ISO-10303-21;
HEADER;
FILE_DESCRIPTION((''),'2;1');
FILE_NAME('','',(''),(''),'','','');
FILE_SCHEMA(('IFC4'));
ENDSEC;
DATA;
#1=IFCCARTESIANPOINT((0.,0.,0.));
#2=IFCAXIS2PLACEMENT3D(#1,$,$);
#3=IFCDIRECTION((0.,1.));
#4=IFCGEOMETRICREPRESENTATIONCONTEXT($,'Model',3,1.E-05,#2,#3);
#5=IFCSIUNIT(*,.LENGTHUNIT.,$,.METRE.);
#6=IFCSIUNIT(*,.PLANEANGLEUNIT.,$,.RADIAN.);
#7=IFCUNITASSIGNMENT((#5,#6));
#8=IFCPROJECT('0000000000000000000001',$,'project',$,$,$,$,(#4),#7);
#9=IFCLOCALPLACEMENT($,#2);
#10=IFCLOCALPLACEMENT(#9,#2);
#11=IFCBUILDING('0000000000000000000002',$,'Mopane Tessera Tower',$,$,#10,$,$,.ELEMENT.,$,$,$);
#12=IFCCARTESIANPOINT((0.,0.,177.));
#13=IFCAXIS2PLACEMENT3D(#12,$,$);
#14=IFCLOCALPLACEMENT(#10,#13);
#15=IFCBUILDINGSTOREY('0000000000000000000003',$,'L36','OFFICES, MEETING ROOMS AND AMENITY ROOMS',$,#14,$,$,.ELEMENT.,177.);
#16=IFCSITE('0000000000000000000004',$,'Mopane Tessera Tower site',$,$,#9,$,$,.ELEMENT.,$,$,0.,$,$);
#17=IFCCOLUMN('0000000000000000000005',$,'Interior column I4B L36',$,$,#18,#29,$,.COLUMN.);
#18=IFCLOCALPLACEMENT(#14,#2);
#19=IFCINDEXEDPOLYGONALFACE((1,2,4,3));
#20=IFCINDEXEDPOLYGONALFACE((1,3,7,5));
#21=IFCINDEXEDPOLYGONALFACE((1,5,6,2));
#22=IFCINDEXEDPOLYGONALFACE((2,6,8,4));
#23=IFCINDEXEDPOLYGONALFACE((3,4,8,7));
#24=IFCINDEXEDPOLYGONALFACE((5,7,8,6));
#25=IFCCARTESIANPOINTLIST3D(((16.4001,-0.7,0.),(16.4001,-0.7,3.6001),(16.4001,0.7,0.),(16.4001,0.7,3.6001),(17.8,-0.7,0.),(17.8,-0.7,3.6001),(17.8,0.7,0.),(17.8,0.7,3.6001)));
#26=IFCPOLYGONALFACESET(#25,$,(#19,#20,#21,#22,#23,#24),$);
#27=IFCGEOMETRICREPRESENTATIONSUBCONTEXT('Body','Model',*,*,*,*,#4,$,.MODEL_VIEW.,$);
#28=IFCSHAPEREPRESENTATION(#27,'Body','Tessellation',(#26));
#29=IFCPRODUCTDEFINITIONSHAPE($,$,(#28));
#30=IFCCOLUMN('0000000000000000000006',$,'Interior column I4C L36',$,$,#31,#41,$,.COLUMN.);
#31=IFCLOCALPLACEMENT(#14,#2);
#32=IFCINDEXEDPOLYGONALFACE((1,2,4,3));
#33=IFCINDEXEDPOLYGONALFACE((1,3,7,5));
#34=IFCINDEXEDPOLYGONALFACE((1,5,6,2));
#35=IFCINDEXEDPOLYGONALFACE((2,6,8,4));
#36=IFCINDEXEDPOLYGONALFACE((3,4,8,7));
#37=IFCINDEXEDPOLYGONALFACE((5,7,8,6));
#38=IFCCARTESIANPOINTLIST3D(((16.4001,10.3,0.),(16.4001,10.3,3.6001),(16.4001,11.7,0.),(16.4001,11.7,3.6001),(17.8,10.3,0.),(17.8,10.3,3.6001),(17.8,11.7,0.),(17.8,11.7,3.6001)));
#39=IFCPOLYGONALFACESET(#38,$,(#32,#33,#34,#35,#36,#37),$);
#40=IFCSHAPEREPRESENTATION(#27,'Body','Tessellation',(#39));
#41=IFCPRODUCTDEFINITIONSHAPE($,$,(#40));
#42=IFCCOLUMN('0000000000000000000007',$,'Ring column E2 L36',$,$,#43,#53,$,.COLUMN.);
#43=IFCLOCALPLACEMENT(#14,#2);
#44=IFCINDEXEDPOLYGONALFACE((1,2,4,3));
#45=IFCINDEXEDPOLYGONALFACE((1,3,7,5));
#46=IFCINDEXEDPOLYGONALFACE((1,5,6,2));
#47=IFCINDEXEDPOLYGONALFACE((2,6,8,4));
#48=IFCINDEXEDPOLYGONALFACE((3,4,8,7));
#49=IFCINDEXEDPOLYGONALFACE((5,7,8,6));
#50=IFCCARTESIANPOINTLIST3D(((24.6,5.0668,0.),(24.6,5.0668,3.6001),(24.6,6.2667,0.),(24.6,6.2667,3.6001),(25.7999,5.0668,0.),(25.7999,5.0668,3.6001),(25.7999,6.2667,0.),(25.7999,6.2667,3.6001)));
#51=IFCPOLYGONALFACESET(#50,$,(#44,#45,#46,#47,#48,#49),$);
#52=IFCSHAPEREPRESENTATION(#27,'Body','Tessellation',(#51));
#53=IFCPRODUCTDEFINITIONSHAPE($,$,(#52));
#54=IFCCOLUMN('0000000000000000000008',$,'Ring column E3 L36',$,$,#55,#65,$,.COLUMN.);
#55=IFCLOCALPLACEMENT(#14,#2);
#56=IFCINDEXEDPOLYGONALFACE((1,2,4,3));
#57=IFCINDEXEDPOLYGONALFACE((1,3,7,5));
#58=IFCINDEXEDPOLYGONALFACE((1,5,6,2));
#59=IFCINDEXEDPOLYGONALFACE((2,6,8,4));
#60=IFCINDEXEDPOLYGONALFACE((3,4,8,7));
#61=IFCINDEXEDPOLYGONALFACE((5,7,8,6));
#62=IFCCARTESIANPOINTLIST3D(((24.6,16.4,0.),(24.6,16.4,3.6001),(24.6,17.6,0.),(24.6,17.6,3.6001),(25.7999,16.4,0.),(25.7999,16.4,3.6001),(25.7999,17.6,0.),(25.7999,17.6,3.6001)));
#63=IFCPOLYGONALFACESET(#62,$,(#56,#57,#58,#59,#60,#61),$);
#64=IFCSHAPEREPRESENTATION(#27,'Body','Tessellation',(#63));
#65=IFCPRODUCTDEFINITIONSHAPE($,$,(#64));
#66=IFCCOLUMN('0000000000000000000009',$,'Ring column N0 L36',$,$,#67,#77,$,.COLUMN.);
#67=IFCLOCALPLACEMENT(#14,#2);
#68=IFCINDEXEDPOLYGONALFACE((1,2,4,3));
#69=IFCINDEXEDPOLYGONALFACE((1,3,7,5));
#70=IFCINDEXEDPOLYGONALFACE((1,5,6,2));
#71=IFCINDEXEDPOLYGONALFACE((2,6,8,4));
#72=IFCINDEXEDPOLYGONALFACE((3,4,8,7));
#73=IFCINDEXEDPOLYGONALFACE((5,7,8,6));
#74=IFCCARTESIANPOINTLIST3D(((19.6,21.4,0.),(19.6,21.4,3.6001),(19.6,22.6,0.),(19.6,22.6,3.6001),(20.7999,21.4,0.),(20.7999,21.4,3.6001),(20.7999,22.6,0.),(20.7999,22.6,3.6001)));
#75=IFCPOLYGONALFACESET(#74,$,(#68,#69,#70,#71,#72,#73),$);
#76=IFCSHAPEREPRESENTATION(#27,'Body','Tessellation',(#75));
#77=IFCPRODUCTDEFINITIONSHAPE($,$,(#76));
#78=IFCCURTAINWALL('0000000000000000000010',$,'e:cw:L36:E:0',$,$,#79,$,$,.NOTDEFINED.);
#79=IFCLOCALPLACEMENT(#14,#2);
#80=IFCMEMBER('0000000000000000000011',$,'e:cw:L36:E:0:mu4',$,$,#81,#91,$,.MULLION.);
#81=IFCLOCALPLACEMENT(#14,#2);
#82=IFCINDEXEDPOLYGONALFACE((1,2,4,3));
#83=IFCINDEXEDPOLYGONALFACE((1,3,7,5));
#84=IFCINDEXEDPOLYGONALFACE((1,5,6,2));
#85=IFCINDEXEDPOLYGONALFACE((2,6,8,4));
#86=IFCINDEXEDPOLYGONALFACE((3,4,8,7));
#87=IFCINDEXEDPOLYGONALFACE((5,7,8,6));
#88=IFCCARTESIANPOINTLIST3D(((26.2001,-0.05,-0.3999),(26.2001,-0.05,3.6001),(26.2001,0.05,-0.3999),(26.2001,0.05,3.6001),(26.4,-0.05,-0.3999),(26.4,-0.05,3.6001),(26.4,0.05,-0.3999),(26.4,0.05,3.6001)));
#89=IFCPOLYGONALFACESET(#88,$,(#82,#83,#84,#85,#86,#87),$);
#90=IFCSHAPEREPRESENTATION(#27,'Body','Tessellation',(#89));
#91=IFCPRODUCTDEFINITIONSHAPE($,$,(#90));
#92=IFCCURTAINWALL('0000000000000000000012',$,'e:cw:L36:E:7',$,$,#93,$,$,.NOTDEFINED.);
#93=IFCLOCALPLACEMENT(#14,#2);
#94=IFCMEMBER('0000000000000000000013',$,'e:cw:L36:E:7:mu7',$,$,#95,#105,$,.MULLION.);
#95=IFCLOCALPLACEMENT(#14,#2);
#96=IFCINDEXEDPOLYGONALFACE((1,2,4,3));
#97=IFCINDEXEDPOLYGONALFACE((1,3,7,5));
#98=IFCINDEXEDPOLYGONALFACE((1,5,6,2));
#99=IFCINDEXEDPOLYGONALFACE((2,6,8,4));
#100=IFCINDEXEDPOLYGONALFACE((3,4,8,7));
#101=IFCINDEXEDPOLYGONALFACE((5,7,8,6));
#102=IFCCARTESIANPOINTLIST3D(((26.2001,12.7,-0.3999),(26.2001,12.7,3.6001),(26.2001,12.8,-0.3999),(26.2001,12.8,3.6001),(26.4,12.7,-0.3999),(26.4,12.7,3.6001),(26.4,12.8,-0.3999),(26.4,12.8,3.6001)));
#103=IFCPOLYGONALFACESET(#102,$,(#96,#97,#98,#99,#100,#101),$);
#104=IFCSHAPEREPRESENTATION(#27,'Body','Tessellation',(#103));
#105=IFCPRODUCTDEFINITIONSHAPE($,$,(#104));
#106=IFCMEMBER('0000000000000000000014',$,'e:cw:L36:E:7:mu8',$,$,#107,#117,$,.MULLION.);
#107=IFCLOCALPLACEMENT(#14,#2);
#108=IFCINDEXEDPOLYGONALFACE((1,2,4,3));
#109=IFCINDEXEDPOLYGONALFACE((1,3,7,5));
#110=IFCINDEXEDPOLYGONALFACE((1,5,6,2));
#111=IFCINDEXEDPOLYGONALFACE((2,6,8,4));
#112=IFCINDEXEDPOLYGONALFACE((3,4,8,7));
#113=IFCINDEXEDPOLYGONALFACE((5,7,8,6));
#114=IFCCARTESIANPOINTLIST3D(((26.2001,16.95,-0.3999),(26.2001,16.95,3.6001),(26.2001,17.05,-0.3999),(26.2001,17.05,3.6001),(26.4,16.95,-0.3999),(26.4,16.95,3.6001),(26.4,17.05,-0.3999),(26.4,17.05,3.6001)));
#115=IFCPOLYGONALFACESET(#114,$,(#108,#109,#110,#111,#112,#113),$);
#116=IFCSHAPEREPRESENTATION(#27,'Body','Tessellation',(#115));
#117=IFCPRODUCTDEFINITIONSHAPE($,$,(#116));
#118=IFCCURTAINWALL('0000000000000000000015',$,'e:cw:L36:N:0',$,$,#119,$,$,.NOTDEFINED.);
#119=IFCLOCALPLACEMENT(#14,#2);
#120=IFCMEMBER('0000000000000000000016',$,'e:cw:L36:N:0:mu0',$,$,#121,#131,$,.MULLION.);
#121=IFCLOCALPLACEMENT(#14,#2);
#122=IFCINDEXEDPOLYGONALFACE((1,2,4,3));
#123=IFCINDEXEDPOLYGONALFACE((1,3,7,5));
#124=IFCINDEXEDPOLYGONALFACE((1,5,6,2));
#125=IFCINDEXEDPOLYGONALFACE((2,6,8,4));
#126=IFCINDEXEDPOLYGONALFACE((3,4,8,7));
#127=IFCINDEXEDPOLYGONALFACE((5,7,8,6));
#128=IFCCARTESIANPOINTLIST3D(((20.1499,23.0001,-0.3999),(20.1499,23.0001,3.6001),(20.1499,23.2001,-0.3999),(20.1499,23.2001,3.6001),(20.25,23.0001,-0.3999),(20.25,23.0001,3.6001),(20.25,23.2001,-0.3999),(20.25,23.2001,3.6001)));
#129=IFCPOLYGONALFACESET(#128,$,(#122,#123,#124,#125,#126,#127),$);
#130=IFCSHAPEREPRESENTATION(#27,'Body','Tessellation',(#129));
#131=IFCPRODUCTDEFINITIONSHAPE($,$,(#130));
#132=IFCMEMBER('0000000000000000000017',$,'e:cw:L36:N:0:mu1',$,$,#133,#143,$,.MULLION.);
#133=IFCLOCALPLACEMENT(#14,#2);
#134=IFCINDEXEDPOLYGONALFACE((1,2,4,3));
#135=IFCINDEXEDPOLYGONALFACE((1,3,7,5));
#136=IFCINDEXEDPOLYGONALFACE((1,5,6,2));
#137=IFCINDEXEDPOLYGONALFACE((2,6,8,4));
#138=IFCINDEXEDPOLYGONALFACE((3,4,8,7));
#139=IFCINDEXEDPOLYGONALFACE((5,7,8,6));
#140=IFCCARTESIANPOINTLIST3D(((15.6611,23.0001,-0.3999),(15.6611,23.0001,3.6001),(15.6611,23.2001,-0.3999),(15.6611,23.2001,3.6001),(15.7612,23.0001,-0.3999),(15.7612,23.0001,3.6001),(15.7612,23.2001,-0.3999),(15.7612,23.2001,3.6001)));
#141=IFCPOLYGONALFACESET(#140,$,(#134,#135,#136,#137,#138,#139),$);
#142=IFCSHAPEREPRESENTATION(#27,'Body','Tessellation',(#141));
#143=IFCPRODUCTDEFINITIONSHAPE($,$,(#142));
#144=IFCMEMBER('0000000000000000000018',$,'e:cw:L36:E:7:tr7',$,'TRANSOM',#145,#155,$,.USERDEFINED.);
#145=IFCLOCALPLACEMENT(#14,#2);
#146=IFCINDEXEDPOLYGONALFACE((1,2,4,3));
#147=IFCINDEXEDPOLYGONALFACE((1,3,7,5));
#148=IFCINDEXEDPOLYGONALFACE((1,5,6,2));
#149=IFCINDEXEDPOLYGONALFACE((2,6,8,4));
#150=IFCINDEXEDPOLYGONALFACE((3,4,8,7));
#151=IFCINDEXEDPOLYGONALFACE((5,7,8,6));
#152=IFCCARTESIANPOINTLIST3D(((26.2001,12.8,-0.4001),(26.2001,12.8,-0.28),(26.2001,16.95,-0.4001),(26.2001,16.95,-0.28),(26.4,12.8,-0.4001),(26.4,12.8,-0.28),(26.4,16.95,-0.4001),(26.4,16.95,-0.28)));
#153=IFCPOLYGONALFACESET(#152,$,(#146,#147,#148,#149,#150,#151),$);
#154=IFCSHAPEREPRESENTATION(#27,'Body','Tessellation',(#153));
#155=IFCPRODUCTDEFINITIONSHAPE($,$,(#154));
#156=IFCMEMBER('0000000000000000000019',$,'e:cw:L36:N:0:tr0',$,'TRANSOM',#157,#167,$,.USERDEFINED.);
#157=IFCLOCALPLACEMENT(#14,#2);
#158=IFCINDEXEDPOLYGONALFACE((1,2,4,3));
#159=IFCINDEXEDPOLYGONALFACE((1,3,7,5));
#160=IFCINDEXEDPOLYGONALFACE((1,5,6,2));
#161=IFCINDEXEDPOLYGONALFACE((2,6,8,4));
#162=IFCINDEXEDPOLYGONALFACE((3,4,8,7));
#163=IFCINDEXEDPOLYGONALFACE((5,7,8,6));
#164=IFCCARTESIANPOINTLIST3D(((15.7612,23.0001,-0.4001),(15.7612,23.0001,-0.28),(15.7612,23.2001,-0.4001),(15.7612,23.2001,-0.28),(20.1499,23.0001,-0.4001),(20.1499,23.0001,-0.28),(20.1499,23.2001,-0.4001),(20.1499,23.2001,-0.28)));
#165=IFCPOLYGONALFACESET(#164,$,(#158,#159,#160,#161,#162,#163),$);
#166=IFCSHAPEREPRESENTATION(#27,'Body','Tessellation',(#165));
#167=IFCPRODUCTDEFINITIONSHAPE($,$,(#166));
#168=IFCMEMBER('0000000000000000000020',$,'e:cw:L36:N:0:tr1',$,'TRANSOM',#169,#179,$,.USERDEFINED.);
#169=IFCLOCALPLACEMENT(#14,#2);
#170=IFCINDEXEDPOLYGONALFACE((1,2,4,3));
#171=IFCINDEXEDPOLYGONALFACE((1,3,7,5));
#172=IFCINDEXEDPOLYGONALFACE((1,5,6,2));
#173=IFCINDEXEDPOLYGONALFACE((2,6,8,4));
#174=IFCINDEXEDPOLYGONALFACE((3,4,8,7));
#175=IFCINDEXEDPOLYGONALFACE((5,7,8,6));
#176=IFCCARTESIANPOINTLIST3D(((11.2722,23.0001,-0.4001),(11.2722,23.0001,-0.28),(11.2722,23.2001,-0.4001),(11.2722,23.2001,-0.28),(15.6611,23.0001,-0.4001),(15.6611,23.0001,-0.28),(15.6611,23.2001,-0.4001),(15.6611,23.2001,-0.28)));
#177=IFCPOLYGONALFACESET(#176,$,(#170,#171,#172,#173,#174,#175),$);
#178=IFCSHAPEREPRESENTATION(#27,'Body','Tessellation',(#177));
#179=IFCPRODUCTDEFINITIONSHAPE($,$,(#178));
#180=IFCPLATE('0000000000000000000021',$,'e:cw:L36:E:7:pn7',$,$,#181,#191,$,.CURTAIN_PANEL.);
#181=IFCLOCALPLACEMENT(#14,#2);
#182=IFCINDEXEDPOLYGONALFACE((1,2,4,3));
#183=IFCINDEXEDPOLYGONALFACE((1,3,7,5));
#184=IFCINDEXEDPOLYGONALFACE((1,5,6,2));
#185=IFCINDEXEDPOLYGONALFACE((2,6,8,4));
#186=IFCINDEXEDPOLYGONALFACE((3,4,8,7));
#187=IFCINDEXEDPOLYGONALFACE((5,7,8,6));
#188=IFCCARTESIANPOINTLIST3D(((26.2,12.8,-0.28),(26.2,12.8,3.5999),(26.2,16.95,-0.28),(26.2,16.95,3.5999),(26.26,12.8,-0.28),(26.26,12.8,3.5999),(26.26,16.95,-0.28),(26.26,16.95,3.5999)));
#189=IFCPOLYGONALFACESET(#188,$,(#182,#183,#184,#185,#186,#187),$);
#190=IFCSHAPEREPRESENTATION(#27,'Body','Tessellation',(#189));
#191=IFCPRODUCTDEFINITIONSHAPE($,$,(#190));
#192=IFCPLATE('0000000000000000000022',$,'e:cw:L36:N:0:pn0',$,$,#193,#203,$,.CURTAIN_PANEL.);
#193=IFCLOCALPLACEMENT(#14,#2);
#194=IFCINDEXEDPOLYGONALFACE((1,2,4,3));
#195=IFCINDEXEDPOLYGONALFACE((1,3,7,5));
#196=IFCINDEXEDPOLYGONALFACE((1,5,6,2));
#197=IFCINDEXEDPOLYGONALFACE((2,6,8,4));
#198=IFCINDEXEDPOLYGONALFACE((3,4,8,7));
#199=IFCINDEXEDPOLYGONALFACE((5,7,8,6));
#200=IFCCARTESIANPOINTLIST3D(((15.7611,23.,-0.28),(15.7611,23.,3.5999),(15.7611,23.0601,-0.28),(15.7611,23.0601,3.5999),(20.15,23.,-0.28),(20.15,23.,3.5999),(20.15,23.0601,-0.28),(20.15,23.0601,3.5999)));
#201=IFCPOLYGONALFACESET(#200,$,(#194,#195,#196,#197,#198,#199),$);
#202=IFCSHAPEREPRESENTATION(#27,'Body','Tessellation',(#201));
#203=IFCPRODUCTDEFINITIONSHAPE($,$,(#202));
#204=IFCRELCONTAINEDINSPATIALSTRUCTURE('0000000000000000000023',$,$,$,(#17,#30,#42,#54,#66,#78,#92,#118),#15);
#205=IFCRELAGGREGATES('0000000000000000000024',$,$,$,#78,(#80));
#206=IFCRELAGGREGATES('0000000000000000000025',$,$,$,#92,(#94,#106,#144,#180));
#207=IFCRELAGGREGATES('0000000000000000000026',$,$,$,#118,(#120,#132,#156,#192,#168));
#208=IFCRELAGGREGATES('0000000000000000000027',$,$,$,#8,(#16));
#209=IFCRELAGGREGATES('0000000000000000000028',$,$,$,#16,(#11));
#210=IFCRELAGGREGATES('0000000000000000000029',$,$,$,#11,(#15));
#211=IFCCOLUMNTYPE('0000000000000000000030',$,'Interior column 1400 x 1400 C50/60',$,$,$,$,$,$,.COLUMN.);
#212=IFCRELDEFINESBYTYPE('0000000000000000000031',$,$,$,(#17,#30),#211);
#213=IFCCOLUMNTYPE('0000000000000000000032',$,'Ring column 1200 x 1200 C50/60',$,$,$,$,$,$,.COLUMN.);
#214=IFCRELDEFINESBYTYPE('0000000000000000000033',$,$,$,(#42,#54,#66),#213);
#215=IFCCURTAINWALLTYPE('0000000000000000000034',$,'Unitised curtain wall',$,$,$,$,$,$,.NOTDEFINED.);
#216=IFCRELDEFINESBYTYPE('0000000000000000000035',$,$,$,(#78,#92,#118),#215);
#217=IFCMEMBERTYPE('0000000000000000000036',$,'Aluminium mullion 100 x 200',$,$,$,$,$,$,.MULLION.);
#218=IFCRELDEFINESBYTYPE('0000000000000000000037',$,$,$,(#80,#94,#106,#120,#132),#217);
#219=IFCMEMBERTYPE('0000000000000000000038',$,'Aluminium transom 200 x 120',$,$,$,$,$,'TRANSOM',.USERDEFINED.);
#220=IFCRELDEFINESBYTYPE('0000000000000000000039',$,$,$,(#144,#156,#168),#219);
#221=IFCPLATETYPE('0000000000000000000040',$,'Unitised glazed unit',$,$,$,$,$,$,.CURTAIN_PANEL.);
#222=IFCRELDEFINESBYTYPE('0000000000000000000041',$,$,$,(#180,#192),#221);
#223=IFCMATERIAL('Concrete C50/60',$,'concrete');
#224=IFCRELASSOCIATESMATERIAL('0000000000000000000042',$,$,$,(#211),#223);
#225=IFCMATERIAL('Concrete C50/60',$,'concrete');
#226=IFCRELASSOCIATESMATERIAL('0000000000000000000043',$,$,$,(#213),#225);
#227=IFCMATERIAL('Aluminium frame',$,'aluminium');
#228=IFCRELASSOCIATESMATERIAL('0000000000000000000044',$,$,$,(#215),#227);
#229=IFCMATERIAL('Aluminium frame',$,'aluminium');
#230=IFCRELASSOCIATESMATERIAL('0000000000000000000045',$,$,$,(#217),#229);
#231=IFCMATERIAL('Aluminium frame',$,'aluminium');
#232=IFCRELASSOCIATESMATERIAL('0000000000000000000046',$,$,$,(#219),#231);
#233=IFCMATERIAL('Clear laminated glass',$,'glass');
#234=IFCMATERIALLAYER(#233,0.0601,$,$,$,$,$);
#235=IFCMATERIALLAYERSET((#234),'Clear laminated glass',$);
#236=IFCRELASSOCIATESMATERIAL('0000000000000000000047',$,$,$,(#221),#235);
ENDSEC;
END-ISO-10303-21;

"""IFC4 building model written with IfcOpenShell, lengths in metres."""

from ifc_helpers import new_model, si_unit, direction, frame, origin, origin_2d, place, context, subcontext, project, spatial, rectangle, extrude, material, layer, layer_set, material_profile, profile_set, type_object, element, aggregate, save


model = new_model("IFC4")

# Units and contexts
model_context = context("Model", 3, precision=1e-05, world=origin(), true_north=direction((0.0, 1.0)))
body_context = subcontext(model_context, "Body", "Model", "MODEL_VIEW")
ifc_project = project(units=[si_unit("LENGTHUNIT", "METRE"), si_unit("PLANEANGLEUNIT", "RADIAN")], contexts=[model_context])

# Site, building, storey
site_placement = place(None, origin())
site = spatial("IfcSite", under=ifc_project, at=site_placement, Name="Mopane Tessera Tower site", CompositionType="ELEMENT", RefElevation=0.0)
building_placement = place(site_placement, origin())
building = spatial("IfcBuilding", under=site, at=building_placement, Name="Mopane Tessera Tower", CompositionType="ELEMENT")
storey_placement = place(building_placement, frame((0.0, 0.0, 177.0)))
storey = spatial("IfcBuildingStorey", under=building, at=storey_placement, Name="L36", Description="OFFICES, MEETING ROOMS AND AMENITY ROOMS", CompositionType="ELEMENT", Elevation=177.0)

# Columns
ifc_material_1 = material(Name="Concrete C50/60", Category="concrete")
ifc_material_profile_1 = material_profile(ifc_material_1, rectangle(XDim=1.3999, YDim=1.3999, at=origin_2d()))
ifc_profile_set_1 = profile_set([ifc_material_profile_1], Name="Concrete C50/60")
column_type_1 = type_object("IfcColumnType", Name="Interior column 1400 x 1400 C50/60", PredefinedType="COLUMN", material=ifc_profile_set_1)
for number, where, z_axis, x_axis, name in (
    (1, (17.1001, 0.0, 0.0), (0.0, 0.0, 1.0), (1.0, 0.0, 0.0), "Interior column I4B L36"),
    (2, (17.1001, 11.0, 0.0), (0.0, 0.0, 1.0), (1.0, 0.0, 0.0), "Interior column I4C L36"),
):
    element("IfcColumn", number, at=place(storey_placement, frame(where, z_axis=z_axis, x_axis=x_axis)), inside=storey, type_object=column_type_1, Name=name, PredefinedType="COLUMN", context=body_context, shape_type="SweptSolid", body=[
        extrude(rectangle(XDim=1.3999, YDim=1.3999, at=origin_2d()), origin(), (0.0, 0.0, 1.0), 3.6001),
    ])
ifc_material_2 = material(Name="Concrete C50/60", Category="concrete")
ifc_material_profile_2 = material_profile(ifc_material_2, rectangle(XDim=1.2, YDim=1.2, at=origin_2d()))
ifc_profile_set_2 = profile_set([ifc_material_profile_2], Name="Concrete C50/60")
column_type_2 = type_object("IfcColumnType", Name="Ring column 1200 x 1200 C50/60", PredefinedType="COLUMN", material=ifc_profile_set_2)
for number, where, z_axis, x_axis, name in (
    (3, (25.2, 5.6667, 0.0), (0.0, 0.0, 1.0), (1.0, 0.0, 0.0), "Ring column E2 L36"),
    (4, (25.2, 17.0, 0.0), (0.0, 0.0, 1.0), (1.0, 0.0, 0.0), "Ring column E3 L36"),
    (5, (20.2, 22.0, 0.0), (0.0, 0.0, 1.0), (1.0, 0.0, 0.0), "Ring column N0 L36"),
):
    element("IfcColumn", number, at=place(storey_placement, frame(where, z_axis=z_axis, x_axis=x_axis)), inside=storey, type_object=column_type_2, Name=name, PredefinedType="COLUMN", context=body_context, shape_type="SweptSolid", body=[
        extrude(rectangle(XDim=1.2, YDim=1.2, at=origin_2d()), origin(), (0.0, 0.0, 1.0), 3.6001),
    ])

# Curtain wall, member
ifc_material_3 = material(Name="Aluminium frame", Category="aluminium")
curtain_wall_type = type_object("IfcCurtainWallType", Name="Unitised curtain wall", PredefinedType="NOTDEFINED", material=ifc_material_3)
curtain_wall_1_placement = place(storey_placement, origin())
curtain_wall_1 = element("IfcCurtainWall", 6, at=curtain_wall_1_placement, inside=storey, type_object=curtain_wall_type, Name="e:cw:L36:E:0", PredefinedType="NOTDEFINED")
ifc_material_4 = material(Name="Aluminium frame", Category="aluminium")
ifc_material_profile_3 = material_profile(ifc_material_4, rectangle(XDim=0.1001, YDim=0.2, at=origin_2d()))
ifc_profile_set_3 = profile_set([ifc_material_profile_3], Name="Aluminium frame")
member_type_1 = type_object("IfcMemberType", Name="Aluminium mullion 100 x 200", PredefinedType="MULLION", material=ifc_profile_set_3)
member_1_placement = place(storey_placement, frame((26.3, 0.0, -0.3999), z_axis=(0.0, 0.0, 1.0), x_axis=(0.0, 1.0, 0.0)))
member_1 = element("IfcMember", 7, at=member_1_placement, type_object=member_type_1, Name="e:cw:L36:E:0:mu4", PredefinedType="MULLION", context=body_context, shape_type="SweptSolid", body=[
    extrude(rectangle(XDim=0.1001, YDim=0.2, at=origin_2d()), origin(), (0.0, 0.0, 1.0), 4.0),
])
aggregate(curtain_wall_1, [member_1])

# Curtain walls, members
curtain_wall_2_placement = place(storey_placement, origin())
curtain_wall_2 = element("IfcCurtainWall", 8, at=curtain_wall_2_placement, inside=storey, type_object=curtain_wall_type, Name="e:cw:L36:E:7", PredefinedType="NOTDEFINED")
member_2_placement = place(storey_placement, frame((26.3, 12.75, -0.3999), z_axis=(0.0, 0.0, 1.0), x_axis=(0.0, 1.0, 0.0)))
member_2 = element("IfcMember", 9, at=member_2_placement, type_object=member_type_1, Name="e:cw:L36:E:7:mu7", PredefinedType="MULLION", context=body_context, shape_type="SweptSolid", body=[
    extrude(rectangle(XDim=0.1001, YDim=0.2, at=origin_2d()), origin(), (0.0, 0.0, 1.0), 4.0),
])
member_3_placement = place(storey_placement, frame((26.3, 17.0, -0.3999), z_axis=(0.0, 0.0, 1.0), x_axis=(0.0, 1.0, 0.0)))
member_3 = element("IfcMember", 10, at=member_3_placement, type_object=member_type_1, Name="e:cw:L36:E:7:mu8", PredefinedType="MULLION", context=body_context, shape_type="SweptSolid", body=[
    extrude(rectangle(XDim=0.1001, YDim=0.2, at=origin_2d()), origin(), (0.0, 0.0, 1.0), 4.0),
])
curtain_wall_3_placement = place(storey_placement, origin())
curtain_wall_3 = element("IfcCurtainWall", 11, at=curtain_wall_3_placement, inside=storey, type_object=curtain_wall_type, Name="e:cw:L36:N:0", PredefinedType="NOTDEFINED")
member_4_placement = place(storey_placement, frame((20.2, 23.1001, -0.3999), z_axis=(0.0, 0.0, 1.0), x_axis=(-1.0, 0.0, 0.0)))
member_4 = element("IfcMember", 12, at=member_4_placement, type_object=member_type_1, Name="e:cw:L36:N:0:mu0", PredefinedType="MULLION", context=body_context, shape_type="SweptSolid", body=[
    extrude(rectangle(XDim=0.1001, YDim=0.2, at=origin_2d()), origin(), (0.0, 0.0, 1.0), 4.0),
])
member_5_placement = place(storey_placement, frame((15.7112, 23.1001, -0.3999), z_axis=(0.0, 0.0, 1.0), x_axis=(-1.0, 0.0, 0.0)))
member_5 = element("IfcMember", 13, at=member_5_placement, type_object=member_type_1, Name="e:cw:L36:N:0:mu1", PredefinedType="MULLION", context=body_context, shape_type="SweptSolid", body=[
    extrude(rectangle(XDim=0.1001, YDim=0.2, at=origin_2d()), origin(), (0.0, 0.0, 1.0), 4.0),
])

# Members
ifc_material_5 = material(Name="Aluminium frame", Category="aluminium")
ifc_material_profile_4 = material_profile(ifc_material_5, rectangle(XDim=0.2, YDim=0.1201, at=origin_2d()))
ifc_profile_set_4 = profile_set([ifc_material_profile_4], Name="Aluminium frame")
member_type_2 = type_object("IfcMemberType", Name="Aluminium transom 200 x 120", ElementType="TRANSOM", PredefinedType="USERDEFINED", material=ifc_profile_set_4)
member_6_placement = place(storey_placement, frame((26.3, 12.8, -0.3401), z_axis=(0.0, 1.0, 0.0), x_axis=(-1.0, 0.0, 0.0)))
member_6 = element("IfcMember", 14, at=member_6_placement, type_object=member_type_2, Name="e:cw:L36:E:7:tr7", ObjectType="TRANSOM", PredefinedType="USERDEFINED", context=body_context, shape_type="SweptSolid", body=[
    extrude(rectangle(XDim=0.2, YDim=0.1201, at=origin_2d()), origin(), (0.0, 0.0, 1.0), 4.1499),
])
member_7_placement = place(storey_placement, frame((20.1499, 23.1001, -0.3401), z_axis=(-1.0, 0.0, 0.0), x_axis=(0.0, -1.0, 0.0)))
member_7 = element("IfcMember", 15, at=member_7_placement, type_object=member_type_2, Name="e:cw:L36:N:0:tr0", ObjectType="TRANSOM", PredefinedType="USERDEFINED", context=body_context, shape_type="SweptSolid", body=[
    extrude(rectangle(XDim=0.2, YDim=0.1201, at=origin_2d()), origin(), (0.0, 0.0, 1.0), 4.3887),
])
member_8_placement = place(storey_placement, frame((15.6611, 23.1001, -0.3401), z_axis=(-1.0, 0.0, 0.0), x_axis=(0.0, -1.0, 0.0)))
member_8 = element("IfcMember", 16, at=member_8_placement, type_object=member_type_2, Name="e:cw:L36:N:0:tr1", ObjectType="TRANSOM", PredefinedType="USERDEFINED", context=body_context, shape_type="SweptSolid", body=[
    extrude(rectangle(XDim=0.2, YDim=0.1201, at=origin_2d()), origin(), (0.0, 0.0, 1.0), 4.3889),
])

# Plates
ifc_material_6 = material(Name="Clear laminated glass", Category="glass")
ifc_layer_1 = layer(ifc_material_6, 0.0601)
ifc_layer_set_1 = layer_set([ifc_layer_1], Name="Clear laminated glass")
plate_type = type_object("IfcPlateType", Name="Unitised glazed unit", PredefinedType="CURTAIN_PANEL", material=ifc_layer_set_1)
plate_1_placement = place(storey_placement, frame((26.23, 14.875, -0.28), z_axis=(0.0, 0.0, 1.0), x_axis=(0.0, 1.0, 0.0)))
plate_1 = element("IfcPlate", 17, at=plate_1_placement, type_object=plate_type, Name="e:cw:L36:E:7:pn7", PredefinedType="CURTAIN_PANEL", context=body_context, shape_type="SweptSolid", body=[
    extrude(rectangle(XDim=4.1499, YDim=0.0601, at=origin_2d()), origin(), (0.0, 0.0, 1.0), 3.8799),
])
aggregate(curtain_wall_2, [member_2, member_3, member_6, plate_1])
plate_2_placement = place(storey_placement, frame((17.9556, 23.03, -0.28), z_axis=(0.0, 0.0, 1.0), x_axis=(-1.0, 0.0, 0.0)))
plate_2 = element("IfcPlate", 18, at=plate_2_placement, type_object=plate_type, Name="e:cw:L36:N:0:pn0", PredefinedType="CURTAIN_PANEL", context=body_context, shape_type="SweptSolid", body=[
    extrude(rectangle(XDim=4.3889, YDim=0.0601, at=origin_2d()), origin(), (0.0, 0.0, 1.0), 3.8799),
])
aggregate(curtain_wall_3, [member_4, member_5, member_7, plate_2, member_8])

save(model, "model.ifc")
